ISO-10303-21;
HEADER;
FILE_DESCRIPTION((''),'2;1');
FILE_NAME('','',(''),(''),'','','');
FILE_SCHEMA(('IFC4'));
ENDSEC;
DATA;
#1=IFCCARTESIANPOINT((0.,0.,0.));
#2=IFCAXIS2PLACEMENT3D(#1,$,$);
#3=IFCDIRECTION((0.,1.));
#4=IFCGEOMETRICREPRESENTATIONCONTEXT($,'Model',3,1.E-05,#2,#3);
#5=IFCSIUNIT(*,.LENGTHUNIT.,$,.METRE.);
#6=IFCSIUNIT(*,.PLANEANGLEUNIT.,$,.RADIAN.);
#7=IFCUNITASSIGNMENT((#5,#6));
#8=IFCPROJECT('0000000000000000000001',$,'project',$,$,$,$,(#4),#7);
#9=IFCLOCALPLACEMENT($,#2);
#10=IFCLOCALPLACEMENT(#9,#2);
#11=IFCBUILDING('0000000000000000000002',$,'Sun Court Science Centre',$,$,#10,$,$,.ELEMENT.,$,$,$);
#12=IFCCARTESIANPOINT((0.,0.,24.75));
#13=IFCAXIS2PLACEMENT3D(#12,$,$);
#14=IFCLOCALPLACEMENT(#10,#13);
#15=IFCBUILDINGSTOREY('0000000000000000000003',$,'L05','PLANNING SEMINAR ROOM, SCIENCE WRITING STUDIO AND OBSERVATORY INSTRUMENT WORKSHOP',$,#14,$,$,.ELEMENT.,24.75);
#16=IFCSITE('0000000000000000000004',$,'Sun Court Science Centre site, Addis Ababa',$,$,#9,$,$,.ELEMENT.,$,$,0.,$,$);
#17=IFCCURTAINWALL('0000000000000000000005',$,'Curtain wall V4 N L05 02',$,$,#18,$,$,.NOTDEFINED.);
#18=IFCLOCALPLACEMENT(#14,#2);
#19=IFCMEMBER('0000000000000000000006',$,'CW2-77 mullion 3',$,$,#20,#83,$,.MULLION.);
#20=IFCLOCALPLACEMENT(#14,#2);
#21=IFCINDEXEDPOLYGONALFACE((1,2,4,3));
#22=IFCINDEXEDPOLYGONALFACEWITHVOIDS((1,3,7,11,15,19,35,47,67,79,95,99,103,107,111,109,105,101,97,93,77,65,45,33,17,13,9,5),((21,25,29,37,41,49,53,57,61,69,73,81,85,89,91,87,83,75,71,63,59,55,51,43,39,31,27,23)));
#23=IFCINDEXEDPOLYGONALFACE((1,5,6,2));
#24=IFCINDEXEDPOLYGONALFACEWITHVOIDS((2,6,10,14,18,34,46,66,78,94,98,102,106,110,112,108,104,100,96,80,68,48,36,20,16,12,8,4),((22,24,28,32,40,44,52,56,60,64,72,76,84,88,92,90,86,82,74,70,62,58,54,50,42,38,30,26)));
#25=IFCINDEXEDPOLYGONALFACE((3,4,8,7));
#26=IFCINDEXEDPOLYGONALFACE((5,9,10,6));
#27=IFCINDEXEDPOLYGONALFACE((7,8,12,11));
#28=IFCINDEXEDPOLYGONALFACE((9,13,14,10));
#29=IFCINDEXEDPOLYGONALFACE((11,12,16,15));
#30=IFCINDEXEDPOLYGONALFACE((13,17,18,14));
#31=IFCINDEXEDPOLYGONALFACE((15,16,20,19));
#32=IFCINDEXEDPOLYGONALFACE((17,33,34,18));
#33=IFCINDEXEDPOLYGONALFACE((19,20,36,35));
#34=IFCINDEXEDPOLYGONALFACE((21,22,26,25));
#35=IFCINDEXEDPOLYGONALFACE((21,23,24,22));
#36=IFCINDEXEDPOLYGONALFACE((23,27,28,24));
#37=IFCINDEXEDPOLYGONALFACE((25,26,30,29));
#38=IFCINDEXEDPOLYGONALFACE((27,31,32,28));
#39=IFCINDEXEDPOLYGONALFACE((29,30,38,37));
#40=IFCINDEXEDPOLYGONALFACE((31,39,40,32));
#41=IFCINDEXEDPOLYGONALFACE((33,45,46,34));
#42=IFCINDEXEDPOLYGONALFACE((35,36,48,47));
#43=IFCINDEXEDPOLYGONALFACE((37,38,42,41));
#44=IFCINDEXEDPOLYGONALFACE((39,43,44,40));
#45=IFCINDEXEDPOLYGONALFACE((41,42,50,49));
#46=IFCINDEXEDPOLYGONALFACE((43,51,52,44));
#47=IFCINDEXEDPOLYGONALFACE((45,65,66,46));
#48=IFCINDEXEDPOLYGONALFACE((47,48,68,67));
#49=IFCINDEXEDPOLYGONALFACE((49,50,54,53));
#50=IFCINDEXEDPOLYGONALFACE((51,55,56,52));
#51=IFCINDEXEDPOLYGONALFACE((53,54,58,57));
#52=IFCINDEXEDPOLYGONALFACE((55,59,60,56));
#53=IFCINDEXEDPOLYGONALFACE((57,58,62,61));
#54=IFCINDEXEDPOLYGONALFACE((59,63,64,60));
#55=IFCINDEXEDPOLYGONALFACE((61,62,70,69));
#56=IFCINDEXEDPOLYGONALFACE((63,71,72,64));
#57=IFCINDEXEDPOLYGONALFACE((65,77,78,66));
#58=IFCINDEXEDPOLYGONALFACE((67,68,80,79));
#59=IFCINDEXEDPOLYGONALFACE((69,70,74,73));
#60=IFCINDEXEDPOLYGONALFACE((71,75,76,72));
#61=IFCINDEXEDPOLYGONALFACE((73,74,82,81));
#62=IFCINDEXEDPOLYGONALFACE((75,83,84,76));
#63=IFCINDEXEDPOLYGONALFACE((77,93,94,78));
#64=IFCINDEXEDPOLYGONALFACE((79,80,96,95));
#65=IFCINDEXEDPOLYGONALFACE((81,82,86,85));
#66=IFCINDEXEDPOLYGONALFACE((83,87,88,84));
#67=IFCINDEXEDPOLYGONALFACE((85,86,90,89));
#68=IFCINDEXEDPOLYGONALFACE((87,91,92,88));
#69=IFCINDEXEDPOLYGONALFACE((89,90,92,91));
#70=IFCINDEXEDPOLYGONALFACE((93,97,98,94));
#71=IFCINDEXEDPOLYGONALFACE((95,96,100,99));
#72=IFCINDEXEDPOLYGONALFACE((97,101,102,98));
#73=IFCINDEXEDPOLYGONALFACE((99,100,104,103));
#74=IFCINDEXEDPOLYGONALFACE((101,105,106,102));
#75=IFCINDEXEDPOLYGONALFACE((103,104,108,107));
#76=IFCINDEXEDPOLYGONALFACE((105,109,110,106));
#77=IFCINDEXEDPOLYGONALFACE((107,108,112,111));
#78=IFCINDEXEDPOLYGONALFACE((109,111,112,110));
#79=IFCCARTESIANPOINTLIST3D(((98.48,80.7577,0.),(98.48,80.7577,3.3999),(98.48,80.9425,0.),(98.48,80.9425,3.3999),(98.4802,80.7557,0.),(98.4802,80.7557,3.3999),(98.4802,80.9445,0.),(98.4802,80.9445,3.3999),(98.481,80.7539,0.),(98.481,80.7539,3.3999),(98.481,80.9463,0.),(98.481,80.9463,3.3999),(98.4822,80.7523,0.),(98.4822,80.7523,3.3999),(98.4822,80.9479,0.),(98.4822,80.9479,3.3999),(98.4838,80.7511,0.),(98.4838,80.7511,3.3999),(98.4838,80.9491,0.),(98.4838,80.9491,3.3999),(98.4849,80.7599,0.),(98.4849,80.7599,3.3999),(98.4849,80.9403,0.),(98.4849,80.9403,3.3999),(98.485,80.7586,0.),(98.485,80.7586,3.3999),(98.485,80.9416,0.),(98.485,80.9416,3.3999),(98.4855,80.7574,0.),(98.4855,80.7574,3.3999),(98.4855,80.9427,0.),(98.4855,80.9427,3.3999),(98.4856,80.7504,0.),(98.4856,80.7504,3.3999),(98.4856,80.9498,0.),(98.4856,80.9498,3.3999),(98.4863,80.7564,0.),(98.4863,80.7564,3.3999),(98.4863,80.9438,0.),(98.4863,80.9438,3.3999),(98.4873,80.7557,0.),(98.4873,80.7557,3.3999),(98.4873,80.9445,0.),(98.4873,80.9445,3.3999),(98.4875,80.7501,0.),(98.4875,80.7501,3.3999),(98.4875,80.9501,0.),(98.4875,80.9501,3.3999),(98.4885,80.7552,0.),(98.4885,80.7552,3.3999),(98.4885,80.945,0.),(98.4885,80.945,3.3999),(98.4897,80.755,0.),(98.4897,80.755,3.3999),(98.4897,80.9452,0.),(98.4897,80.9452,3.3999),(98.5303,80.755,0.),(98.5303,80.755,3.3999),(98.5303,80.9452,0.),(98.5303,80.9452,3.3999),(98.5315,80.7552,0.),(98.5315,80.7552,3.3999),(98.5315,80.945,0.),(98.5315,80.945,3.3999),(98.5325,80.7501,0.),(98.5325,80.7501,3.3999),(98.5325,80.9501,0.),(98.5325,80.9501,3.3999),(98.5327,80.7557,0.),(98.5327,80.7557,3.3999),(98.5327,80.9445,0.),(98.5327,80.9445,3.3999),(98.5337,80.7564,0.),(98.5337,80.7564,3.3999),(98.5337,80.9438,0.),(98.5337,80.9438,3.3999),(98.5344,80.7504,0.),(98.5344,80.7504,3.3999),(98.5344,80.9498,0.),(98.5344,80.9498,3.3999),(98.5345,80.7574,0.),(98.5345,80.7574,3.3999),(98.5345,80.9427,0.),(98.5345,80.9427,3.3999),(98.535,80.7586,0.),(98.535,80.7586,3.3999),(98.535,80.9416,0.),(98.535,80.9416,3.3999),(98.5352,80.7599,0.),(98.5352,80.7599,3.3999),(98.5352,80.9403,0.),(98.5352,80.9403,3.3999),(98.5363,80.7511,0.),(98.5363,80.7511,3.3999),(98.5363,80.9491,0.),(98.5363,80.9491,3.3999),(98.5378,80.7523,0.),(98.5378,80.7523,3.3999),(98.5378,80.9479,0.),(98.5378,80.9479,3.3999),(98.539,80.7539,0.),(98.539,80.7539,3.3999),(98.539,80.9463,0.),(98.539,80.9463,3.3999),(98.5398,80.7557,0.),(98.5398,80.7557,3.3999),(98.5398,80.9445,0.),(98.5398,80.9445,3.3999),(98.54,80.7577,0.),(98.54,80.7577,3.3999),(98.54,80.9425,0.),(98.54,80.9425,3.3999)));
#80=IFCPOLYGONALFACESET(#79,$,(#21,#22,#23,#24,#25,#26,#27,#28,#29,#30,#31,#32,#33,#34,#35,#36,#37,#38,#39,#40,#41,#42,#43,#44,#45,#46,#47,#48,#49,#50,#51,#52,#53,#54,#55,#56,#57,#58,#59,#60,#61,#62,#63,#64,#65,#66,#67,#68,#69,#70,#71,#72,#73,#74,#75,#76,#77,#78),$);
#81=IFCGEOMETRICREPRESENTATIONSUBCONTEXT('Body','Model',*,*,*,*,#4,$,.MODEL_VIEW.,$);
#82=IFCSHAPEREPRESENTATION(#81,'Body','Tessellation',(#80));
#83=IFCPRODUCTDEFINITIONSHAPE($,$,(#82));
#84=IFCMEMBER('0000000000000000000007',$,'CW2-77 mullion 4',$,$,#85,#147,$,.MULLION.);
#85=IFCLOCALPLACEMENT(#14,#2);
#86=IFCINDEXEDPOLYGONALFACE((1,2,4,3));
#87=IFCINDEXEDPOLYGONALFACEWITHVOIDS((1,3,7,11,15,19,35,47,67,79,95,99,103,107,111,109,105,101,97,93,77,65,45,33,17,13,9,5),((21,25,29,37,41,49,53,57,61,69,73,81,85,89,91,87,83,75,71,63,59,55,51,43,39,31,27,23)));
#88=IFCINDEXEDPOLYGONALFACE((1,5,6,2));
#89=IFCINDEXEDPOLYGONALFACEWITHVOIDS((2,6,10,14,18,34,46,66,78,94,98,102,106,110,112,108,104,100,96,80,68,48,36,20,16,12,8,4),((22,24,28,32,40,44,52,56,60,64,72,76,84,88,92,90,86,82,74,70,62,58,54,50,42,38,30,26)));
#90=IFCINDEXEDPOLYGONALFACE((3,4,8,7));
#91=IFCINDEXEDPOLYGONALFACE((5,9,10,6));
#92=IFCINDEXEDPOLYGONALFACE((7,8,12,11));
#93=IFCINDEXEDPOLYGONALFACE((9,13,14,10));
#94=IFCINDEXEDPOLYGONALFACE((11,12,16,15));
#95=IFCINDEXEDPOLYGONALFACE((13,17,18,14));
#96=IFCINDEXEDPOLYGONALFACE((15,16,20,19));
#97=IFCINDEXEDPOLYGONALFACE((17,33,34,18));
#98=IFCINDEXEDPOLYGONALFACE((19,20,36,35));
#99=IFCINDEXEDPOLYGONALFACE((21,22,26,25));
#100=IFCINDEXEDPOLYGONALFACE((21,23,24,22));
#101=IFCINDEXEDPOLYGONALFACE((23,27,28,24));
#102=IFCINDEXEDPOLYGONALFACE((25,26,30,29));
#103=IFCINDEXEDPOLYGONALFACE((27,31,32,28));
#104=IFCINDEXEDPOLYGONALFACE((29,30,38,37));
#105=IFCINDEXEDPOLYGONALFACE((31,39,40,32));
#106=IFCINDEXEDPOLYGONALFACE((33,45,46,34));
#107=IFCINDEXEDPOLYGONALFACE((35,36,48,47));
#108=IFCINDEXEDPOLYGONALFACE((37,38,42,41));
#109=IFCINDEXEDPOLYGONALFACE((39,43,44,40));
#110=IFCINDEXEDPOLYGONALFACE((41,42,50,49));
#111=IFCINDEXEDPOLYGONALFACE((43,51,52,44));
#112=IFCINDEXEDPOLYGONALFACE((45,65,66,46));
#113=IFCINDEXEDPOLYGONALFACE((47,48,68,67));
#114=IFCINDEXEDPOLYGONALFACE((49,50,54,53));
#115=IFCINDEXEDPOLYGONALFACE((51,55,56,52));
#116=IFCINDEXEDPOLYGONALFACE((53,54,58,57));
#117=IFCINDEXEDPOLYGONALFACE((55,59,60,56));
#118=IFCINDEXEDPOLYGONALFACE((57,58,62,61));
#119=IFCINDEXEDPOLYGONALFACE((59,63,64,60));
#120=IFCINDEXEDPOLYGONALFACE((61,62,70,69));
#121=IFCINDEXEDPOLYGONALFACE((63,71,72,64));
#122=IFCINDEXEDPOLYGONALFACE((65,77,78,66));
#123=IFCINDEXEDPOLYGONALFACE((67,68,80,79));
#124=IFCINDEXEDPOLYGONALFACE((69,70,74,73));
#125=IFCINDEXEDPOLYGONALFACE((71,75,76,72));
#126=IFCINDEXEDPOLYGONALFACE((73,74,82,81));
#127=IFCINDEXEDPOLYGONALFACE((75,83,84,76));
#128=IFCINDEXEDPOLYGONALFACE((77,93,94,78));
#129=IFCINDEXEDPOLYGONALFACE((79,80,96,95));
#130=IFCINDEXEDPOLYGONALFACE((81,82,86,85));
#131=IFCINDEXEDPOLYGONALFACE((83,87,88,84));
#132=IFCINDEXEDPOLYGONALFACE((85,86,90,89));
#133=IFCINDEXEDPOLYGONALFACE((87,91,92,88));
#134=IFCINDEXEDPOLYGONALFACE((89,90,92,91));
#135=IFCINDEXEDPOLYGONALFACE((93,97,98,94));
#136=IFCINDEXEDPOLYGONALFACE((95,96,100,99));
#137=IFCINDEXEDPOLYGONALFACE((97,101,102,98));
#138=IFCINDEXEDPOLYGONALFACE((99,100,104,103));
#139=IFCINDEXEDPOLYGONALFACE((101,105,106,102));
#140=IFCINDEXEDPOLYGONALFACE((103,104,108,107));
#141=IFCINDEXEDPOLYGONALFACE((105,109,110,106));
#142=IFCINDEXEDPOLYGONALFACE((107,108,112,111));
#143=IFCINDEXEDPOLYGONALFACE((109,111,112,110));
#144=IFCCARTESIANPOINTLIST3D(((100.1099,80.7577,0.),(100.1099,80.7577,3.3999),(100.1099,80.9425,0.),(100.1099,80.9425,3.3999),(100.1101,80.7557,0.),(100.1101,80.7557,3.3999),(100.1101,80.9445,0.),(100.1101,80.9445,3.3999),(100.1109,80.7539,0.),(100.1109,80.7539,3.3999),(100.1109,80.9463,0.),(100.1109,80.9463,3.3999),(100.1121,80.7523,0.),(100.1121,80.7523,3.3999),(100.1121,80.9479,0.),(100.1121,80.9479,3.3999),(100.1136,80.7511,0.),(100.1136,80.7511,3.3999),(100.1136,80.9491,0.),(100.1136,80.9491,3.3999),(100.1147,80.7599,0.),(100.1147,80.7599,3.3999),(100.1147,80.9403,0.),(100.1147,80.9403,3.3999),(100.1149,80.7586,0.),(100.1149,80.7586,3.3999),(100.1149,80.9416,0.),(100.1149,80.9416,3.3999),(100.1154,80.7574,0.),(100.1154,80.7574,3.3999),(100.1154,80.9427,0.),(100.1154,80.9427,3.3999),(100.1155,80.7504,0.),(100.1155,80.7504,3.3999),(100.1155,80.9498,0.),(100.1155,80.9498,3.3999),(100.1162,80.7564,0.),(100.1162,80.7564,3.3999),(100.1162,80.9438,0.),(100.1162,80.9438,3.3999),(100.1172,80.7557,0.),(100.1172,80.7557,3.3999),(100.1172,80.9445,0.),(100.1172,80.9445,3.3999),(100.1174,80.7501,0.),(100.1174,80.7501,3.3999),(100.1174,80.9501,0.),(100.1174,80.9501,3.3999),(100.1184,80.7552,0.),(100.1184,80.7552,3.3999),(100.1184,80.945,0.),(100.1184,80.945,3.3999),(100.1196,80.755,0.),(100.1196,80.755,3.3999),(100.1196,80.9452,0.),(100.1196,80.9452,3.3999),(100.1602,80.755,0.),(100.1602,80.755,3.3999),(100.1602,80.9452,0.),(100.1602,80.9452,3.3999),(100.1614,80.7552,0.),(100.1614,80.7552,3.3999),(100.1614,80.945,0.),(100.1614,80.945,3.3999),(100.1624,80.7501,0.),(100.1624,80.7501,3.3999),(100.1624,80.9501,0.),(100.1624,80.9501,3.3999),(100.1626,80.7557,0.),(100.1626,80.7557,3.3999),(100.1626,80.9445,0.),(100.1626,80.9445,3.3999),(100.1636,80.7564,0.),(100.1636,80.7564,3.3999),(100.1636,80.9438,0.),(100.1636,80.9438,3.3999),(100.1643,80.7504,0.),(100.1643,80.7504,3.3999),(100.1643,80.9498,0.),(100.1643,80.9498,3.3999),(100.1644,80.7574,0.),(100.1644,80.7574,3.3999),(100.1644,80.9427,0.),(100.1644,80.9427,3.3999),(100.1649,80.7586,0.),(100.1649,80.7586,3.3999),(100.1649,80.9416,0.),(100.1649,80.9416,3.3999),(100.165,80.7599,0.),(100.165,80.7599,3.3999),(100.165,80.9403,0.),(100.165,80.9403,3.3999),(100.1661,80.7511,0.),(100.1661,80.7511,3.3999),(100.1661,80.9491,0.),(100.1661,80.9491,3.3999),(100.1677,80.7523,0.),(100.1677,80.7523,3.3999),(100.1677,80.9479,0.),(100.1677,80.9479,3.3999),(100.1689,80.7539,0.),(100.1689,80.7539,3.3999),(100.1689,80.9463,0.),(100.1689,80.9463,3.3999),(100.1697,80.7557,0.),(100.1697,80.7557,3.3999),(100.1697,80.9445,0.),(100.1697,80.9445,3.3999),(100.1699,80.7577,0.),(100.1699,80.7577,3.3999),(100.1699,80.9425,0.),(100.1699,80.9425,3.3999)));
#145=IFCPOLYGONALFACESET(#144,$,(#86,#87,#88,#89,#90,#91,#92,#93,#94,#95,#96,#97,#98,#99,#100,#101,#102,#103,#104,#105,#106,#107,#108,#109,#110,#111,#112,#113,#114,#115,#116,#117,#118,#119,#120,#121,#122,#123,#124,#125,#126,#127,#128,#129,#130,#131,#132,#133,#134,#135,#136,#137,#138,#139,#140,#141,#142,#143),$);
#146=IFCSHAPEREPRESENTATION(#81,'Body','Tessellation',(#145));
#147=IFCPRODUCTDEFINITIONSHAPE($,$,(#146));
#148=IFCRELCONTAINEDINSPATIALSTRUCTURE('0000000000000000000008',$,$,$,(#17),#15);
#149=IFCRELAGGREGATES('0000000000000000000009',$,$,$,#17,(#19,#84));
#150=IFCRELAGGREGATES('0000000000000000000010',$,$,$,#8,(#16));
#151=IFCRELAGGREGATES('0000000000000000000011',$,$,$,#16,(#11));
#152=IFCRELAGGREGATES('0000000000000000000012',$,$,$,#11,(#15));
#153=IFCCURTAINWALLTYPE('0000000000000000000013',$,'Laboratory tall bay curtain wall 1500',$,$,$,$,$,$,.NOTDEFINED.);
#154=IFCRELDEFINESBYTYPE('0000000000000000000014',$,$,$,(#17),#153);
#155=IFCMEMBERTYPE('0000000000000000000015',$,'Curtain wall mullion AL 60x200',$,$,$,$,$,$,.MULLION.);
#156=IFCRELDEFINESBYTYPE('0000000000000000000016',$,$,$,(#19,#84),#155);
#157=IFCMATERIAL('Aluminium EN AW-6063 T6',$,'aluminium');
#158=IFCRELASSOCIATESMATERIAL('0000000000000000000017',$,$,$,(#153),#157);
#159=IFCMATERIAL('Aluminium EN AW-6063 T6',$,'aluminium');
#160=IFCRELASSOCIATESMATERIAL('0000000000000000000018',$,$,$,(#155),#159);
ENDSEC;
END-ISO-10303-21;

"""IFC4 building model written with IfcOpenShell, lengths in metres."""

from ifc_helpers import new_model, si_unit, direction, frame, origin, origin_2d, place, context, subcontext, project, spatial, hollow_rectangle, extrude, material, material_profile, profile_set, type_object, element, aggregate, save


model = new_model("IFC4")

# Units and contexts
model_context = context("Model", 3, precision=1e-05, world=origin(), true_north=direction((0.0, 1.0)))
body_context = subcontext(model_context, "Body", "Model", "MODEL_VIEW")
ifc_project = project(units=[si_unit("LENGTHUNIT", "METRE"), si_unit("PLANEANGLEUNIT", "RADIAN")], contexts=[model_context])

# Site, building, storey
site_placement = place(None, origin())
site = spatial("IfcSite", under=ifc_project, at=site_placement, Name="Sun Court Science Centre site, Addis Ababa", CompositionType="ELEMENT", RefElevation=0.0)
building_placement = place(site_placement, origin())
building = spatial("IfcBuilding", under=site, at=building_placement, Name="Sun Court Science Centre", CompositionType="ELEMENT")
storey_placement = place(building_placement, frame((0.0, 0.0, 24.75)))
storey = spatial("IfcBuildingStorey", under=building, at=storey_placement, Name="L05", Description="PLANNING SEMINAR ROOM, SCIENCE WRITING STUDIO AND OBSERVATORY INSTRUMENT WORKSHOP", CompositionType="ELEMENT", Elevation=24.75)

# Curtain wall, members
ifc_material_1 = material(Name="Aluminium EN AW-6063 T6", Category="aluminium")
curtain_wall_type = type_object("IfcCurtainWallType", Name="Laboratory tall bay curtain wall 1500", PredefinedType="NOTDEFINED", material=ifc_material_1)
curtain_wall_placement = place(storey_placement, origin())
curtain_wall = element("IfcCurtainWall", 1, at=curtain_wall_placement, inside=storey, type_object=curtain_wall_type, Name="Curtain wall V4 N L05 02", PredefinedType="NOTDEFINED")
ifc_material_2 = material(Name="Aluminium EN AW-6063 T6", Category="aluminium")
ifc_material_profile_1 = material_profile(ifc_material_2, hollow_rectangle(XDim=0.0601, YDim=0.2, WallThickness=0.0049, InnerFilletRadius=0.0049, OuterFilletRadius=0.0076, at=origin_2d()), Name="AL 60x200x5")
ifc_profile_set_1 = profile_set([ifc_material_profile_1], Name="Aluminium EN AW-6063 T6")
member_type_1 = type_object("IfcMemberType", Name="Curtain wall mullion AL 60x200", PredefinedType="MULLION", material=ifc_profile_set_1)
member_1_placement = place(storey_placement, frame((98.51, 80.8501, 0.0), z_axis=(0.0, 0.0, 1.0), x_axis=(1.0, 0.0, 0.0)))
member_1 = element("IfcMember", 2, at=member_1_placement, type_object=member_type_1, Name="CW2-77 mullion 3", PredefinedType="MULLION", context=body_context, shape_type="SweptSolid", body=[
    extrude(hollow_rectangle(XDim=0.0601, YDim=0.2, WallThickness=0.0049, InnerFilletRadius=0.0049, OuterFilletRadius=0.0076, at=origin_2d()), origin(), (0.0, 0.0, 1.0), 3.3999),
])
member_2_placement = place(storey_placement, frame((100.1399, 80.8501, 0.0), z_axis=(0.0, 0.0, 1.0), x_axis=(1.0, 0.0, 0.0)))
member_2 = element("IfcMember", 3, at=member_2_placement, type_object=member_type_1, Name="CW2-77 mullion 4", PredefinedType="MULLION", context=body_context, shape_type="SweptSolid", body=[
    extrude(hollow_rectangle(XDim=0.0601, YDim=0.2, WallThickness=0.0049, InnerFilletRadius=0.0049, OuterFilletRadius=0.0076, at=origin_2d()), origin(), (0.0, 0.0, 1.0), 3.3999),
])

aggregate(curtain_wall, [member_1, member_2])

save(model, "model.ifc")
